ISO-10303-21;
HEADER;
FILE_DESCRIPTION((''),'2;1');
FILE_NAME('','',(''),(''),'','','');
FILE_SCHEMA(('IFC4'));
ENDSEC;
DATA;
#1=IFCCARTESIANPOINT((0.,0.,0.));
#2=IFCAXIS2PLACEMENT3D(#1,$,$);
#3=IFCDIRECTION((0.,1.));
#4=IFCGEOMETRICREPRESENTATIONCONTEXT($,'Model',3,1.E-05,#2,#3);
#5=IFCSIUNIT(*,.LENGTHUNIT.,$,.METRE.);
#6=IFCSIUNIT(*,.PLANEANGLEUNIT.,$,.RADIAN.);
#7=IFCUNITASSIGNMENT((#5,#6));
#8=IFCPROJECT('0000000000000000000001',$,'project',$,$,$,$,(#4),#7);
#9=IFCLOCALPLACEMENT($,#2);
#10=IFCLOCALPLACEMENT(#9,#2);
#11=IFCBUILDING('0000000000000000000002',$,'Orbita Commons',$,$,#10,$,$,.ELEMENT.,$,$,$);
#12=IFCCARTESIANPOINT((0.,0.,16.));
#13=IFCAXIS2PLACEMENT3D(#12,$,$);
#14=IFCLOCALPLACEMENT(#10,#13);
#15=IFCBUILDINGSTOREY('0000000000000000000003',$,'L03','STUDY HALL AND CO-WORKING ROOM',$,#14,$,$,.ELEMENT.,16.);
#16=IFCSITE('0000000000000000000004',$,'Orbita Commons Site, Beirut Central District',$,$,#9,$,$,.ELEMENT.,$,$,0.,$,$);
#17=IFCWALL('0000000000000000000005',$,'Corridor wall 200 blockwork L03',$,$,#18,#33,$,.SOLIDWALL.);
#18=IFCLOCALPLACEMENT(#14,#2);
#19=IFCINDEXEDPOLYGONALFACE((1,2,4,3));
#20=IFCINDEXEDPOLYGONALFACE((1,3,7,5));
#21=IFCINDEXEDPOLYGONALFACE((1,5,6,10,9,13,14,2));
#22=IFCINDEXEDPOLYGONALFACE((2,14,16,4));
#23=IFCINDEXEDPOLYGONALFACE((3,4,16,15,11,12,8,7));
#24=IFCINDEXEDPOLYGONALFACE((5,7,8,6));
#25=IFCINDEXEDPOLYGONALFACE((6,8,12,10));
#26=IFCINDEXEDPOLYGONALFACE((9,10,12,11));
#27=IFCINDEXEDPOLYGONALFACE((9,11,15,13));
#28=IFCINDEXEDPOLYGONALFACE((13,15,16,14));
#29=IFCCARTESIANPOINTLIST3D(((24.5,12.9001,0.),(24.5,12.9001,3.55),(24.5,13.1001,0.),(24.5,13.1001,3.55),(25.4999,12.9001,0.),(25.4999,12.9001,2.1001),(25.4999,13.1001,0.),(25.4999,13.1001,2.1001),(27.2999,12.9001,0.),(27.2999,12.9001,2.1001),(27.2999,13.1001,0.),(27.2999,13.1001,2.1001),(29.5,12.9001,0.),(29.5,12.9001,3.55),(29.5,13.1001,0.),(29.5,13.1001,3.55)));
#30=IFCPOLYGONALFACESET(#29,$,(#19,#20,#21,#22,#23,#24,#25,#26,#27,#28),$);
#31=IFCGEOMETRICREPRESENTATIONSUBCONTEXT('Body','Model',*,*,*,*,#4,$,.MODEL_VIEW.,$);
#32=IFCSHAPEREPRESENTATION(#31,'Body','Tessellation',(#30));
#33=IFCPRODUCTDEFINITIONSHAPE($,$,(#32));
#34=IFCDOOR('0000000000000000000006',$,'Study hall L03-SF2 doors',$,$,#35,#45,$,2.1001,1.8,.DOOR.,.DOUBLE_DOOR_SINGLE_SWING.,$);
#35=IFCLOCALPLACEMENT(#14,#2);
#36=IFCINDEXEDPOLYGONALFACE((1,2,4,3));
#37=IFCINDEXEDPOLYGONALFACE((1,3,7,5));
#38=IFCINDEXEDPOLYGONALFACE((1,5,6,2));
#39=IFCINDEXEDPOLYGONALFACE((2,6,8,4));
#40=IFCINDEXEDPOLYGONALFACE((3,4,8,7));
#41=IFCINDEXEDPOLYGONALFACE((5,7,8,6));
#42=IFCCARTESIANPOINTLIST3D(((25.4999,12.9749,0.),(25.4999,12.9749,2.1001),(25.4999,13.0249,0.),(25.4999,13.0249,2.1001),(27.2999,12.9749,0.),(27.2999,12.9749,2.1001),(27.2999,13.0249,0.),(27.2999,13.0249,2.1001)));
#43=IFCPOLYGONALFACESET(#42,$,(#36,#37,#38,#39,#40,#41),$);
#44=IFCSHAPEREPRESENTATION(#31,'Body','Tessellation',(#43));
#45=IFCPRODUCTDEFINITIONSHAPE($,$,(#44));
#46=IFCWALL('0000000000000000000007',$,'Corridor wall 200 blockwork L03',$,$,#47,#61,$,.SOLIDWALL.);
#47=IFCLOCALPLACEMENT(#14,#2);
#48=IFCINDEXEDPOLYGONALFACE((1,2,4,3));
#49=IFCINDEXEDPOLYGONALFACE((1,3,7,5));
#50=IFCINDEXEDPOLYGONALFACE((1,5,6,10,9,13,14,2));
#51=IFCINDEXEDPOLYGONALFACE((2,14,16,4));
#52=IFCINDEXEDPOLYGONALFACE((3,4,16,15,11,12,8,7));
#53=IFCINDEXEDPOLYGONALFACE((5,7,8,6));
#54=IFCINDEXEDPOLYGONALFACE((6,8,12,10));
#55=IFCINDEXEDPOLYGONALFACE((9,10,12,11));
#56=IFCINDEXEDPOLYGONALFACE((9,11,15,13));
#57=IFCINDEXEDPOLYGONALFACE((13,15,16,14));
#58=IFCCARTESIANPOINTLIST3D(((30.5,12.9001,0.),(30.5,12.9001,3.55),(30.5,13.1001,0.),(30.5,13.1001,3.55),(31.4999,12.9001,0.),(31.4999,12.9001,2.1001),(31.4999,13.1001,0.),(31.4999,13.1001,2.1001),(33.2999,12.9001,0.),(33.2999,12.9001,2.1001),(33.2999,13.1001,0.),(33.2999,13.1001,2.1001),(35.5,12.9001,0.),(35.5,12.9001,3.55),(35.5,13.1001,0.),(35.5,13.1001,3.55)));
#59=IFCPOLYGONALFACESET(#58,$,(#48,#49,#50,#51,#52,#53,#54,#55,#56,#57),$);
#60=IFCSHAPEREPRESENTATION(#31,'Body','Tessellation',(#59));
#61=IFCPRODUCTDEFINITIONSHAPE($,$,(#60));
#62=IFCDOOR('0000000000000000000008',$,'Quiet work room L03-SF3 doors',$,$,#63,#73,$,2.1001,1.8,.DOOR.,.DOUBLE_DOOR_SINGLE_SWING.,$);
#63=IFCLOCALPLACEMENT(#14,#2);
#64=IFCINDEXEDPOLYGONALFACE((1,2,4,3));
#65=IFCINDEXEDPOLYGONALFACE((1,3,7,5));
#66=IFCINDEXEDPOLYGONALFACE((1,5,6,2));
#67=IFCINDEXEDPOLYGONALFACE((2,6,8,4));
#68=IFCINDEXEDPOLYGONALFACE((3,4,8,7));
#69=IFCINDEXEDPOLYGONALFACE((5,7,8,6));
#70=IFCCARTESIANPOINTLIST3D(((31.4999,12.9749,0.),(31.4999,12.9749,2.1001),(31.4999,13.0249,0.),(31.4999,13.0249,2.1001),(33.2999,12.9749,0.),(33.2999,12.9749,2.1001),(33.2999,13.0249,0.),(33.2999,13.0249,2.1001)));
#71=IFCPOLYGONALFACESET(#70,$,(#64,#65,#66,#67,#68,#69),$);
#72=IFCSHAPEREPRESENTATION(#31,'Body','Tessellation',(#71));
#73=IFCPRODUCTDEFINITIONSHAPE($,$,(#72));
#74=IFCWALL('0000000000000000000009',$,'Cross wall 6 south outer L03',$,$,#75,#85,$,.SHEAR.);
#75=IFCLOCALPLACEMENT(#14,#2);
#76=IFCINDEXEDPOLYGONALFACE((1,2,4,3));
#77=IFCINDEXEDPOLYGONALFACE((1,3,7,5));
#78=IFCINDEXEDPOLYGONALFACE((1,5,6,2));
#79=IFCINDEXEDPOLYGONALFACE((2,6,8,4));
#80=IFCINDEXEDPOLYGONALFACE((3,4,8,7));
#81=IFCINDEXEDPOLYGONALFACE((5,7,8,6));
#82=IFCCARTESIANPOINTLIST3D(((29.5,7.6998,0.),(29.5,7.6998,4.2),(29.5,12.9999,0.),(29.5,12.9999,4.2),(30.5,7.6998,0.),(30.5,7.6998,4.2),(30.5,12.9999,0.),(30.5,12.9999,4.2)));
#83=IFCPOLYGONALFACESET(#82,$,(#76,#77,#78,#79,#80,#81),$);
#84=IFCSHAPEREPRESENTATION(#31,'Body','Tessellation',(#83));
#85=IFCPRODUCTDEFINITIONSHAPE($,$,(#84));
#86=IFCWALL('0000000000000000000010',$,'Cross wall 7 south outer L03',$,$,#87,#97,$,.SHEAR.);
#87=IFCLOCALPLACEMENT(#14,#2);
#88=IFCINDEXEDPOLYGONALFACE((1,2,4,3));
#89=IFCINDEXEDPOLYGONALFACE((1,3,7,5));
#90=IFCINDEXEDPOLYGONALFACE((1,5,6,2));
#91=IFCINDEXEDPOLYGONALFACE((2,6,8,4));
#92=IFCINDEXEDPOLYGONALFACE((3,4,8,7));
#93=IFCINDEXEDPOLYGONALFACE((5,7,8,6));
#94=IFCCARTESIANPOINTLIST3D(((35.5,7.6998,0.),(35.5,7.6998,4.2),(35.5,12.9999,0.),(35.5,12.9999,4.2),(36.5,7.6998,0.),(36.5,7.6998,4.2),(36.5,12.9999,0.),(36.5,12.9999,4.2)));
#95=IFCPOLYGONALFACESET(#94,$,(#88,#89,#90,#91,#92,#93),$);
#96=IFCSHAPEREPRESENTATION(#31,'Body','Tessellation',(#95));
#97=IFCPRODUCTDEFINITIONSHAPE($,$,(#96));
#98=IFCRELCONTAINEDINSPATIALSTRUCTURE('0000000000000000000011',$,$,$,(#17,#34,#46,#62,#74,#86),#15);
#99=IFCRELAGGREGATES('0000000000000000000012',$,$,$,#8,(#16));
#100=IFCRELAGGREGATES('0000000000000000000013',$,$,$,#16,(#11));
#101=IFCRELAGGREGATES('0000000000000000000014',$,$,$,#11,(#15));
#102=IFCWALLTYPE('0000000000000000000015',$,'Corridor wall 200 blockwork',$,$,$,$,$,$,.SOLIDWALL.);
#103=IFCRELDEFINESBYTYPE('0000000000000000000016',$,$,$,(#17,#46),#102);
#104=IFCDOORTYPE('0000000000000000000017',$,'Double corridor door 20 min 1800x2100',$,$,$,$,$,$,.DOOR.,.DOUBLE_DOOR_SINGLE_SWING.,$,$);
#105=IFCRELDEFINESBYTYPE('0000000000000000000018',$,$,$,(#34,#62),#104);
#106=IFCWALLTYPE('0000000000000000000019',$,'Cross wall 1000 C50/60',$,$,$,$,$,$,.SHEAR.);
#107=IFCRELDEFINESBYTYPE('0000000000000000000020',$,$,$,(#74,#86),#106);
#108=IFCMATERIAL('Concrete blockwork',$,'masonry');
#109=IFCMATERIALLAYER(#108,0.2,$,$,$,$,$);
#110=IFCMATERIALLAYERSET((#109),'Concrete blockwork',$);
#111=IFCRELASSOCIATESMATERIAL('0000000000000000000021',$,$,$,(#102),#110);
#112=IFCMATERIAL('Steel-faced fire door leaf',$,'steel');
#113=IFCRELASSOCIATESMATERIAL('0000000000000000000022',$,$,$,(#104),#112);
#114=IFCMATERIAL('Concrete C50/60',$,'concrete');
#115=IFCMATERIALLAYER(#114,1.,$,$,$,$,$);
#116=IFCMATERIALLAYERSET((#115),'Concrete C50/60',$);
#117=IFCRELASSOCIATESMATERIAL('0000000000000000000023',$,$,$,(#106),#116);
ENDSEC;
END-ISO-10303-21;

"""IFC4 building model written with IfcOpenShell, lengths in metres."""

from ifc_helpers import new_model, si_unit, direction, frame, frame_2d, origin, place, context, subcontext, project, spatial, polyline, rectangle, outline, extrude, material, layer, layer_set, type_object, element, fill, save


model = new_model("IFC4")

# Units and contexts
model_context = context("Model", 3, precision=1e-05, world=origin(), true_north=direction((0.0, 1.0)))
body_context = subcontext(model_context, "Body", "Model", "MODEL_VIEW")
ifc_project = project(units=[si_unit("LENGTHUNIT", "METRE"), si_unit("PLANEANGLEUNIT", "RADIAN")], contexts=[model_context])

# Site, building, storey
site_placement = place(None, origin())
site = spatial("IfcSite", under=ifc_project, at=site_placement, Name="Orbita Commons Site, Beirut Central District", CompositionType="ELEMENT", RefElevation=0.0)
building_placement = place(site_placement, origin())
building = spatial("IfcBuilding", under=site, at=building_placement, Name="Orbita Commons", CompositionType="ELEMENT")
storey_placement = place(building_placement, frame((0.0, 0.0, 16.0)))
storey = spatial("IfcBuildingStorey", under=building, at=storey_placement, Name="L03", Description="STUDY HALL AND CO-WORKING ROOM", CompositionType="ELEMENT", Elevation=16.0)

# Walls, openings, doors
ifc_material_1 = material(Name="Concrete blockwork", Category="masonry")
ifc_layer_1 = layer(ifc_material_1, 0.2)
ifc_layer_set_1 = layer_set([ifc_layer_1], Name="Concrete blockwork")
wall_type_1 = type_object("IfcWallType", Name="Corridor wall 200 blockwork", PredefinedType="SOLIDWALL", material=ifc_layer_set_1)
wall_1_placement = place(storey_placement, frame((24.5, 13.0, 0.0), z_axis=(0.0, 0.0, 1.0), x_axis=(1.0, 0.0, 0.0)))
wall_1 = element("IfcWall", 1, at=wall_1_placement, inside=storey, type_object=wall_type_1, Name="Corridor wall 200 blockwork L03", PredefinedType="SOLIDWALL", context=body_context, shape_type="SweptSolid", body=[
    extrude(outline(polyline([(0.0, 0.0), (5.0, 0.0), (5.0, 3.55), (0.0, 3.55), (0.0, 0.0)])), frame((0.0, 0.1001, 0.0), z_axis=(0.0, -1.0, 0.0), x_axis=(1.0, 0.0, 0.0)), (0.0, 0.0, 1.0), 0.2),
])
opening_1_placement = place(wall_1_placement, frame((1.0, 0.0, 0.0)))
opening_1 = element("IfcOpeningElement", 2, at=opening_1_placement, cuts=wall_1, PredefinedType="OPENING", context=body_context, shape_type="SweptSolid", body=[
    extrude(rectangle(XDim=1.8, YDim=2.1001, at=frame_2d((0.8999, 1.05))), frame((0.0, 0.1099, 0.0), z_axis=(0.0, -1.0, 0.0), x_axis=(1.0, 0.0, 0.0)), (0.0, 0.0, 1.0), 0.22),
])
ifc_material_2 = material(Name="Steel-faced fire door leaf", Category="steel")
door_type = type_object("IfcDoorType", Name="Double corridor door 20 min 1800x2100", OperationType="DOUBLE_DOOR_SINGLE_SWING", PredefinedType="DOOR", material=ifc_material_2)
door_1_placement = place(opening_1_placement, origin())
door_1 = element("IfcDoor", 3, at=door_1_placement, inside=storey, type_object=door_type, Name="Study hall L03-SF2 doors", OperationType="DOUBLE_DOOR_SINGLE_SWING", OverallHeight=2.1001, OverallWidth=1.8, PredefinedType="DOOR", context=body_context, shape_type="SweptSolid", body=[
    extrude(rectangle(XDim=1.8, YDim=2.1001, at=frame_2d((0.8999, 1.05))), frame((0.0, 0.0249, 0.0), z_axis=(0.0, -1.0, 0.0), x_axis=(1.0, 0.0, 0.0)), (0.0, 0.0, 1.0), 0.05),
])
fill(opening_1, door_1)
wall_2_placement = place(storey_placement, frame((30.5, 13.0, 0.0), z_axis=(0.0, 0.0, 1.0), x_axis=(1.0, 0.0, 0.0)))
wall_2 = element("IfcWall", 4, at=wall_2_placement, inside=storey, type_object=wall_type_1, Name="Corridor wall 200 blockwork L03", PredefinedType="SOLIDWALL", context=body_context, shape_type="SweptSolid", body=[
    extrude(outline(polyline([(0.0, 0.0), (5.0, 0.0), (5.0, 3.55), (0.0, 3.55), (0.0, 0.0)])), frame((0.0, 0.1001, 0.0), z_axis=(0.0, -1.0, 0.0), x_axis=(1.0, 0.0, 0.0)), (0.0, 0.0, 1.0), 0.2),
])
opening_2_placement = place(wall_2_placement, frame((1.0, 0.0, 0.0)))
opening_2 = element("IfcOpeningElement", 5, at=opening_2_placement, cuts=wall_2, PredefinedType="OPENING", context=body_context, shape_type="SweptSolid", body=[
    extrude(rectangle(XDim=1.8, YDim=2.1001, at=frame_2d((0.8999, 1.05))), frame((0.0, 0.1099, 0.0), z_axis=(0.0, -1.0, 0.0), x_axis=(1.0, 0.0, 0.0)), (0.0, 0.0, 1.0), 0.22),
])
door_2_placement = place(opening_2_placement, origin())
door_2 = element("IfcDoor", 6, at=door_2_placement, inside=storey, type_object=door_type, Name="Quiet work room L03-SF3 doors", OperationType="DOUBLE_DOOR_SINGLE_SWING", OverallHeight=2.1001, OverallWidth=1.8, PredefinedType="DOOR", context=body_context, shape_type="SweptSolid", body=[
    extrude(rectangle(XDim=1.8, YDim=2.1001, at=frame_2d((0.8999, 1.05))), frame((0.0, 0.0249, 0.0), z_axis=(0.0, -1.0, 0.0), x_axis=(1.0, 0.0, 0.0)), (0.0, 0.0, 1.0), 0.05),
])
fill(opening_2, door_2)

# Walls
ifc_material_3 = material(Name="Concrete C50/60", Category="concrete")
ifc_layer_2 = layer(ifc_material_3, 1.0)
ifc_layer_set_2 = layer_set([ifc_layer_2], Name="Concrete C50/60")
wall_type_2 = type_object("IfcWallType", Name="Cross wall 1000 C50/60", PredefinedType="SHEAR", material=ifc_layer_set_2)
for number, where, z_axis, x_axis, name in (
    (7, (30.0, 7.7, 0.0), (0.0, 0.0, 1.0), (0.0, 1.0, 0.0), "Cross wall 6 south outer L03"),
    (8, (36.0, 7.7, 0.0), (0.0, 0.0, 1.0), (0.0, 1.0, 0.0), "Cross wall 7 south outer L03"),
):
    element("IfcWall", number, at=place(storey_placement, frame(where, z_axis=z_axis, x_axis=x_axis)), inside=storey, type_object=wall_type_2, Name=name, PredefinedType="SHEAR", context=body_context, shape_type="SweptSolid", body=[
        extrude(rectangle(XDim=5.3, YDim=1.0, at=frame_2d((2.6499, 0.0))), origin(), (0.0, 0.0, 1.0), 4.2),
    ])

save(model, "model.ifc")
